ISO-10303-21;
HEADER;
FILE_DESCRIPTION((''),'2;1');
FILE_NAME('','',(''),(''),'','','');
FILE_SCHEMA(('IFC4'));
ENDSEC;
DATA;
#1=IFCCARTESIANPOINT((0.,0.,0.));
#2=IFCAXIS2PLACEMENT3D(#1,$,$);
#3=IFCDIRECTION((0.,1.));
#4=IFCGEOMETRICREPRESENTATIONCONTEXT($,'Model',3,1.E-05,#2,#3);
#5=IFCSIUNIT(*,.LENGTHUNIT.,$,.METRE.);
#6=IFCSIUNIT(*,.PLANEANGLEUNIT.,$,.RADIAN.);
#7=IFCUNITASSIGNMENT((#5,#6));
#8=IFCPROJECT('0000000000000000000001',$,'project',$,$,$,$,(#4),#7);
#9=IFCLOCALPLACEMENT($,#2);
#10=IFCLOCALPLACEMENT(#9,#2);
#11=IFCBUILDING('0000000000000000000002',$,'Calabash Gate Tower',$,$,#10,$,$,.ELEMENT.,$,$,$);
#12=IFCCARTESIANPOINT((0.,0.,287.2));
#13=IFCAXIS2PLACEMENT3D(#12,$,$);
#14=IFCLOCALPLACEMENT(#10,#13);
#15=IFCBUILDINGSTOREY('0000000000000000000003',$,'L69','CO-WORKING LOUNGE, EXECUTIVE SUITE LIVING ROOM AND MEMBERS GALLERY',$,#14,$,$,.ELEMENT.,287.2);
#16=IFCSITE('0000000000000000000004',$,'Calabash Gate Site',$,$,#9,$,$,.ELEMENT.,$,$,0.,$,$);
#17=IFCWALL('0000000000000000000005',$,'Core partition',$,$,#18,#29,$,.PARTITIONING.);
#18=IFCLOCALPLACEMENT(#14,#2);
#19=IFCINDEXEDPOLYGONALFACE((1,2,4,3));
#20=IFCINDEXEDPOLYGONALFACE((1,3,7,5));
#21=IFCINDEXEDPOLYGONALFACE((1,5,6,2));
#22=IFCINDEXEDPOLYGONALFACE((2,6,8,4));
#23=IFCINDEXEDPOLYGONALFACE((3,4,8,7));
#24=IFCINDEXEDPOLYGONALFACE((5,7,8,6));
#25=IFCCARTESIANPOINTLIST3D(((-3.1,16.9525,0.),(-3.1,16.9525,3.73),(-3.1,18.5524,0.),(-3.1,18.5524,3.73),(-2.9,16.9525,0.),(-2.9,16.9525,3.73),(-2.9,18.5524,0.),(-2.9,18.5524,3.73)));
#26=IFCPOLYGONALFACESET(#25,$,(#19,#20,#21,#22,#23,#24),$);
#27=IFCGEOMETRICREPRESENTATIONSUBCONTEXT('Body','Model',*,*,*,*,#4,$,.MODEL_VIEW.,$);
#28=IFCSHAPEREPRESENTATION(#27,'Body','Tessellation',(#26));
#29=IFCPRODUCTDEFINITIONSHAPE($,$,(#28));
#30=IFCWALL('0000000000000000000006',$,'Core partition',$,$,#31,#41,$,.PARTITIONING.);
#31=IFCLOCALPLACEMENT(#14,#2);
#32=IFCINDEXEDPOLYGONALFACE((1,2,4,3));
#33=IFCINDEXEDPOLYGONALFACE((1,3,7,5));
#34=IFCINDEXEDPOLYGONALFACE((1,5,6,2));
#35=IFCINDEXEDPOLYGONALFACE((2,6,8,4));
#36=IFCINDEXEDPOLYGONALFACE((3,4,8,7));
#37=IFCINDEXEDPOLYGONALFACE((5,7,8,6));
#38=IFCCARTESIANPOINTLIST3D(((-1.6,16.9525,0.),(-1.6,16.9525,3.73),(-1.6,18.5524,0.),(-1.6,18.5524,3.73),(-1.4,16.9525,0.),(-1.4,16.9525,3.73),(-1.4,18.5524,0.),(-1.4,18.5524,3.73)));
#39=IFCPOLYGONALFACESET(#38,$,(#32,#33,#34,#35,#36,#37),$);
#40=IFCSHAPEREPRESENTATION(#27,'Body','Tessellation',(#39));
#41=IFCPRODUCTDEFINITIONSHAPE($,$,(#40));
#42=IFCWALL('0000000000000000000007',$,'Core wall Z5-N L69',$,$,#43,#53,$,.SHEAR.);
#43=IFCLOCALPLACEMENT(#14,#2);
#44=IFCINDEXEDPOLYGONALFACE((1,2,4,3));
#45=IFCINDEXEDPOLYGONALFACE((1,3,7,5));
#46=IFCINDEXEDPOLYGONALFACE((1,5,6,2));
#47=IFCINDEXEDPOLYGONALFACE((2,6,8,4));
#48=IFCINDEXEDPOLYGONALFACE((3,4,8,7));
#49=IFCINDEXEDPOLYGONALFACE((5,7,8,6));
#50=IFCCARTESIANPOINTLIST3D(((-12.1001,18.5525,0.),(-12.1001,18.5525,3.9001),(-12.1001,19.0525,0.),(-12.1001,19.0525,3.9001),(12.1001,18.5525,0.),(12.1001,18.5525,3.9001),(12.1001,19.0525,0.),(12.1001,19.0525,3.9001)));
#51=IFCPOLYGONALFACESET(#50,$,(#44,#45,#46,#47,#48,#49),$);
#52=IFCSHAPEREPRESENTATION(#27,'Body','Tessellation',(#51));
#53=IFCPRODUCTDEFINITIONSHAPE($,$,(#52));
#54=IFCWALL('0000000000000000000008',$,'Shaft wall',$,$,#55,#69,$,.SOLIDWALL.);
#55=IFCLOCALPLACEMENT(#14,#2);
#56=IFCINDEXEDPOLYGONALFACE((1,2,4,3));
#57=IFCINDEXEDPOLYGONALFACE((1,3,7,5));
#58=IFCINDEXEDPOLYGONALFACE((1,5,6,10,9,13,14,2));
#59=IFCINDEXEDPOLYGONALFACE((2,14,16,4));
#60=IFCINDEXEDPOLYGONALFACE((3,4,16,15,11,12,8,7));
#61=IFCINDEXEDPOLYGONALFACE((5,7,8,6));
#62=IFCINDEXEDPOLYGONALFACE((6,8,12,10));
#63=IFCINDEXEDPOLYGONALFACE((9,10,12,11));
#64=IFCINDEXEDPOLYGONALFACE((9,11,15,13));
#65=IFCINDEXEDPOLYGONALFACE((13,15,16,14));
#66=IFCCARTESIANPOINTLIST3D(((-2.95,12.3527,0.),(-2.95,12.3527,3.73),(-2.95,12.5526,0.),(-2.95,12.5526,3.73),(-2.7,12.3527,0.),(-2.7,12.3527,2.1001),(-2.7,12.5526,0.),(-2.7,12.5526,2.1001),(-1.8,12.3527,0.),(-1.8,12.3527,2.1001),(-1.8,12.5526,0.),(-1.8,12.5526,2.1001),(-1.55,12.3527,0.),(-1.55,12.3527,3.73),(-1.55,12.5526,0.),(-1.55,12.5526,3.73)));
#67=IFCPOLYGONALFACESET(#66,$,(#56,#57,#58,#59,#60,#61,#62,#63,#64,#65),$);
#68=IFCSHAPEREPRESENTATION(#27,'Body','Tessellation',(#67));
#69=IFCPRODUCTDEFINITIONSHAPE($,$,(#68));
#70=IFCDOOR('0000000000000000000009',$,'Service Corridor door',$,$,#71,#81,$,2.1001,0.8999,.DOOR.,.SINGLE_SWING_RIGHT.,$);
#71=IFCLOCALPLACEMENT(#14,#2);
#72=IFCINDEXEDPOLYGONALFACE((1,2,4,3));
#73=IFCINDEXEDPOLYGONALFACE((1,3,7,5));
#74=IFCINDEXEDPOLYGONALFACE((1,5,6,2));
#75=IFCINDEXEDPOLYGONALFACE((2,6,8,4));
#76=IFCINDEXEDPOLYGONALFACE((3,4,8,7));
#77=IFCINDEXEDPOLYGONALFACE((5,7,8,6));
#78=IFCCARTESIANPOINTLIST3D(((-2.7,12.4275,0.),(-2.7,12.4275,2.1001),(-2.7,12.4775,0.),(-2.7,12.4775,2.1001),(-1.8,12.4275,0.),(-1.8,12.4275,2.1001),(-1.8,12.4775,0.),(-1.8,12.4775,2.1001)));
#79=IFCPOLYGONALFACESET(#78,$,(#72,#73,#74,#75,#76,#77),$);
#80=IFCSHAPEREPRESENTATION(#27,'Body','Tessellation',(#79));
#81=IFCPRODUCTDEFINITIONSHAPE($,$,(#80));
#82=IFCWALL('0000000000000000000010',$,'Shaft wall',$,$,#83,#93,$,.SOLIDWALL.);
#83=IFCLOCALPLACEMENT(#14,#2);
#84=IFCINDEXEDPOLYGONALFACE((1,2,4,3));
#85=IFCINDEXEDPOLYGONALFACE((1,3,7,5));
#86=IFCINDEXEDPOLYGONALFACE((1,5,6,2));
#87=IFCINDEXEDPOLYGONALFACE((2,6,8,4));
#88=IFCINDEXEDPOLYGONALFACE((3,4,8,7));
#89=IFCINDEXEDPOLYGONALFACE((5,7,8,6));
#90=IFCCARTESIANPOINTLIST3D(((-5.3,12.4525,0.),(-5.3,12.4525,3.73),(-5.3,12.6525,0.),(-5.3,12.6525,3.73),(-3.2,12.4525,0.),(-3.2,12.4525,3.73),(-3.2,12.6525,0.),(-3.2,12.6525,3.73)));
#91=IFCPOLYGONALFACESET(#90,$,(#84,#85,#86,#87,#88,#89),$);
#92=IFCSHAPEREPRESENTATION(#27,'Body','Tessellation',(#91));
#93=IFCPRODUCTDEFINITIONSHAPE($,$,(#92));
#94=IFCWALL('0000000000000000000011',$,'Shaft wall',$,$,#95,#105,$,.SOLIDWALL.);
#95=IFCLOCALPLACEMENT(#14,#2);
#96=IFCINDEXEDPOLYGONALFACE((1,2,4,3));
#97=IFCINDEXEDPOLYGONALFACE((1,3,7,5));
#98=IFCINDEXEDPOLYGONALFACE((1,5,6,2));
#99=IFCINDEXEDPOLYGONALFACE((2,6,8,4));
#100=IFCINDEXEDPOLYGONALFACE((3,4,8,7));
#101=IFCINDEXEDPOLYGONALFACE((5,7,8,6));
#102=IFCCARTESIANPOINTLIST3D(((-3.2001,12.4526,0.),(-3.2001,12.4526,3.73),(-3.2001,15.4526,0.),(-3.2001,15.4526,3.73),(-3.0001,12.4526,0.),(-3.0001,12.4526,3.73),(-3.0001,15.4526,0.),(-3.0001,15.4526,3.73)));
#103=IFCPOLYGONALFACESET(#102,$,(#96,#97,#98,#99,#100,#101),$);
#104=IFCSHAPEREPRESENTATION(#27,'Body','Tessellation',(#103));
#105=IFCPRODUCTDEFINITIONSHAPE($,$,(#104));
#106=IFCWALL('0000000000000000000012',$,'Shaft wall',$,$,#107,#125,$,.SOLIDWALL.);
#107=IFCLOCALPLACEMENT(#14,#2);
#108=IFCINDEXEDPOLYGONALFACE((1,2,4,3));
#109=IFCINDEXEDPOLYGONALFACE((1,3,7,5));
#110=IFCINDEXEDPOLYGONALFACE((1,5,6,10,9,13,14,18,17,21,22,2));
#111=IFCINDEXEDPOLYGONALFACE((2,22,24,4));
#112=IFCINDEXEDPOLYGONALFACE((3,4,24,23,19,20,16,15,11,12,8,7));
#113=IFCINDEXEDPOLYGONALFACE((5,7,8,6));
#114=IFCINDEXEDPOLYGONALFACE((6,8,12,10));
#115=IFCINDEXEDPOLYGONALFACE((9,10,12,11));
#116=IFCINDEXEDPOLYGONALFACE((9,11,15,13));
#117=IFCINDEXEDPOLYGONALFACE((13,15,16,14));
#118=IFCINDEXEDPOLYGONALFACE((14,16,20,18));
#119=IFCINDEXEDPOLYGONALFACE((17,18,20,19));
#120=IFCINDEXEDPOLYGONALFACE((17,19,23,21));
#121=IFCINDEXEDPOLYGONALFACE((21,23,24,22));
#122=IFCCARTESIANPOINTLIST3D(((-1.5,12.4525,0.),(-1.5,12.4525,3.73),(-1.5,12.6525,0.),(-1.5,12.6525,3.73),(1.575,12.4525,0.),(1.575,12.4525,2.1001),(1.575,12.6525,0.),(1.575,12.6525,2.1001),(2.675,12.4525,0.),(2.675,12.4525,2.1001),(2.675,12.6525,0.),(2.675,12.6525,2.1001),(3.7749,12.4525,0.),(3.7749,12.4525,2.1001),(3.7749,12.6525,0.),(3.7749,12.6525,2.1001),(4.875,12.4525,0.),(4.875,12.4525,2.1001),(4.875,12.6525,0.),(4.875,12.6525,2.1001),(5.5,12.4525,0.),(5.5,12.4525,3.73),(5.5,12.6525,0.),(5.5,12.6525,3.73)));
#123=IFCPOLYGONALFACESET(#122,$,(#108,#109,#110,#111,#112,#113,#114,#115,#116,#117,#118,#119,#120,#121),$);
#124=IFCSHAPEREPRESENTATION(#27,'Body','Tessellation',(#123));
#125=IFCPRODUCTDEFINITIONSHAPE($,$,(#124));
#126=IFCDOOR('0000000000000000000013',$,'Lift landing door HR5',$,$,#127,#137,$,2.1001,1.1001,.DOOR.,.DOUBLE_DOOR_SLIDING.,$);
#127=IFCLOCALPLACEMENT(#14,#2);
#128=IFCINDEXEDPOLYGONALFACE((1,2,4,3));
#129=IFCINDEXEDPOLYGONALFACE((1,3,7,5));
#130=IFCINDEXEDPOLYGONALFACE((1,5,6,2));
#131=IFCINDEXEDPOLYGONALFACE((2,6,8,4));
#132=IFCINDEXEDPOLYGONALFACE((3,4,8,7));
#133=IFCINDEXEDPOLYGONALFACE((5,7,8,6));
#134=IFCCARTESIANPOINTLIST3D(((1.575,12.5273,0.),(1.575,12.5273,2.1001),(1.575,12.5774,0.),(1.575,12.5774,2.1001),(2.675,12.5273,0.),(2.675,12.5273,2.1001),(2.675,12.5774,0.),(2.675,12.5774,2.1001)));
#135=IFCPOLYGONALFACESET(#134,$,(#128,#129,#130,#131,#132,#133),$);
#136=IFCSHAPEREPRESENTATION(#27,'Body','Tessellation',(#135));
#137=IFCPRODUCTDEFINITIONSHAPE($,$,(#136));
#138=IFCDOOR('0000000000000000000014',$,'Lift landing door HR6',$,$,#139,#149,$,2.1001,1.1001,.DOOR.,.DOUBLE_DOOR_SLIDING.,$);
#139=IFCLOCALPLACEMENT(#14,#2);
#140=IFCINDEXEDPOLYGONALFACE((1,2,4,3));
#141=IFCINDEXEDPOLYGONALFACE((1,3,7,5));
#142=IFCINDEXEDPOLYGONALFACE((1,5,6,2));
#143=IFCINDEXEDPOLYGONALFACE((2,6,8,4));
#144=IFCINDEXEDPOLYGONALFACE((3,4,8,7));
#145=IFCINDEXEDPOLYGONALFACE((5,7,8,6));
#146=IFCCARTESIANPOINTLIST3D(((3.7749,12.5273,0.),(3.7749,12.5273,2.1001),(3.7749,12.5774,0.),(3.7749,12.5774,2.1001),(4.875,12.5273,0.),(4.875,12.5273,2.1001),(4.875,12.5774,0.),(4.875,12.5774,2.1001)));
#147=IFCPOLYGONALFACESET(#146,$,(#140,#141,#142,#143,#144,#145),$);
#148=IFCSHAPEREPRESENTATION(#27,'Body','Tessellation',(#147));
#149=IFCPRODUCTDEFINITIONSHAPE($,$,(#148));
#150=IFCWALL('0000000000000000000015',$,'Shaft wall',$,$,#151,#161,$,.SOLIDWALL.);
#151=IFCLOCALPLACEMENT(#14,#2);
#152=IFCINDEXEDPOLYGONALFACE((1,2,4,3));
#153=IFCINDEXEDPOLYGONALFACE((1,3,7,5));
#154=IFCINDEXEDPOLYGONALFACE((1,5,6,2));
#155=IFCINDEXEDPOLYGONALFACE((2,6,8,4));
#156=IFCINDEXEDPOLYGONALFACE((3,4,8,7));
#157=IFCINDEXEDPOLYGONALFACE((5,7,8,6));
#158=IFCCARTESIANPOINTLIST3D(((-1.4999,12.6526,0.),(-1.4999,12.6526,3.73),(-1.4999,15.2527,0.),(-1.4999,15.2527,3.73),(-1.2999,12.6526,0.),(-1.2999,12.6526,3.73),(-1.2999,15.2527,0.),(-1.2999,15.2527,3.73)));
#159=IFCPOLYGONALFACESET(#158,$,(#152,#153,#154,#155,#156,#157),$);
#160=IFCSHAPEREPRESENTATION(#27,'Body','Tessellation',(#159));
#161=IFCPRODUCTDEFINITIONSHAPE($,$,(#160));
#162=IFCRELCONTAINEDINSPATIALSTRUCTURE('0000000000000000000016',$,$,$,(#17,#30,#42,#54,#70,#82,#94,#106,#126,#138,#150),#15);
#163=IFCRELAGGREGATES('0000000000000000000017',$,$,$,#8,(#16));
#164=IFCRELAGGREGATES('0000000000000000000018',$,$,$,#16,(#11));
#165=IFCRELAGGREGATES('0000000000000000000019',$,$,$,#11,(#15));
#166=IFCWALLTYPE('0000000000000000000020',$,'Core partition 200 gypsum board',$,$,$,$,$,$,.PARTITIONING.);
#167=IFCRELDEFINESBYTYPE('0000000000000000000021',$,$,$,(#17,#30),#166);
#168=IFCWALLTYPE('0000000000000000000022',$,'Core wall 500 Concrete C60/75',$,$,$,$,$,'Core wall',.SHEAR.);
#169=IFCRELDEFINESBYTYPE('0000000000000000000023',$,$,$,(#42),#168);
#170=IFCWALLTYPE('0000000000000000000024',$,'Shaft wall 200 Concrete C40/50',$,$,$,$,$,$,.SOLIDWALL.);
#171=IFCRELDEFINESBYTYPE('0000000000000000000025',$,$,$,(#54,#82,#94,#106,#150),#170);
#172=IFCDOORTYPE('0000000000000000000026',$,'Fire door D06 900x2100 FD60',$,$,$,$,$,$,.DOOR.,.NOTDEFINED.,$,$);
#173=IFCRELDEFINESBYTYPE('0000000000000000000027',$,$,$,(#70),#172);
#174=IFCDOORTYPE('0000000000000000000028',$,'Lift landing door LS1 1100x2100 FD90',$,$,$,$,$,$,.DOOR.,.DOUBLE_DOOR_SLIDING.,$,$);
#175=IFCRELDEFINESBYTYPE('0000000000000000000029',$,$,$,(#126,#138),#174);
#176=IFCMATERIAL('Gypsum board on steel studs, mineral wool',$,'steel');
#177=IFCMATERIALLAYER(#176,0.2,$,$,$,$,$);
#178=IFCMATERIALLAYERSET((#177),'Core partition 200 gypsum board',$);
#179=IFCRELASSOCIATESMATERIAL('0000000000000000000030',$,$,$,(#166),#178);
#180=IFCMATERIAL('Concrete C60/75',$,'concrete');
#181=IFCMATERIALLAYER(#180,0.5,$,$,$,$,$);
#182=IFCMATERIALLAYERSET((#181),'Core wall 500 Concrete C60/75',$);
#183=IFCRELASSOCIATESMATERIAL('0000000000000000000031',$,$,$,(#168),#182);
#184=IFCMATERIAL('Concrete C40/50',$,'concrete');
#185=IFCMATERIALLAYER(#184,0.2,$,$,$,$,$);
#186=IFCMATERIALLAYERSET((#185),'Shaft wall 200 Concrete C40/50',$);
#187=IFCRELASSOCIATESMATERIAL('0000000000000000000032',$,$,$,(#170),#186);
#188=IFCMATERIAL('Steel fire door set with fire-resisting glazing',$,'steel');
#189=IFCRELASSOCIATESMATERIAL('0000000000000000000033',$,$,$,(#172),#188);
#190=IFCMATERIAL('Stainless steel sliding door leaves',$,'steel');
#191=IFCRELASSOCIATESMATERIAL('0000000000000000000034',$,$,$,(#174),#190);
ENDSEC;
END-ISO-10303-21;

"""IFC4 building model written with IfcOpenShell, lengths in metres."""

from ifc_helpers import new_model, si_unit, direction, frame, frame_2d, origin, place, context, subcontext, project, spatial, rectangle, extrude, material, layer, layer_set, type_object, element, fill, save


model = new_model("IFC4")

# Units and contexts
model_context = context("Model", 3, precision=1e-05, world=origin(), true_north=direction((0.0, 1.0)))
body_context = subcontext(model_context, "Body", "Model", "MODEL_VIEW")
ifc_project = project(units=[si_unit("LENGTHUNIT", "METRE"), si_unit("PLANEANGLEUNIT", "RADIAN")], contexts=[model_context])

# Site, building, storey
site_placement = place(None, origin())
site = spatial("IfcSite", under=ifc_project, at=site_placement, Name="Calabash Gate Site", CompositionType="ELEMENT", RefElevation=0.0)
building_placement = place(site_placement, origin())
building = spatial("IfcBuilding", under=site, at=building_placement, Name="Calabash Gate Tower", CompositionType="ELEMENT")
storey_placement = place(building_placement, frame((0.0, 0.0, 287.2)))
storey = spatial("IfcBuildingStorey", under=building, at=storey_placement, Name="L69", Description="CO-WORKING LOUNGE, EXECUTIVE SUITE LIVING ROOM AND MEMBERS GALLERY", CompositionType="ELEMENT", Elevation=287.2)

# Walls
ifc_material_1 = material(Name="Gypsum board on steel studs, mineral wool", Category="steel")
ifc_layer_1 = layer(ifc_material_1, 0.2)
ifc_layer_set_1 = layer_set([ifc_layer_1], Name="Core partition 200 gypsum board")
wall_type_1 = type_object("IfcWallType", Name="Core partition 200 gypsum board", PredefinedType="PARTITIONING", material=ifc_layer_set_1)
for number, where, z_axis, x_axis, name in (
    (1, (-3.0, 16.9526, 0.0), (0.0, 0.0, 1.0), (0.0, 1.0, 0.0), "Core partition"),
    (2, (-1.5, 16.9526, 0.0), (0.0, 0.0, 1.0), (0.0, 1.0, 0.0), "Core partition"),
):
    element("IfcWall", number, at=place(storey_placement, frame(where, z_axis=z_axis, x_axis=x_axis)), inside=storey, type_object=wall_type_1, Name=name, PredefinedType="PARTITIONING", context=body_context, shape_type="SweptSolid", body=[
        extrude(rectangle(XDim=1.5999, YDim=0.2, at=frame_2d((0.7998, 0.0))), origin(), (0.0, 0.0, 1.0), 3.73),
    ])
ifc_material_2 = material(Name="Concrete C60/75", Category="concrete")
ifc_layer_2 = layer(ifc_material_2, 0.5)
ifc_layer_set_2 = layer_set([ifc_layer_2], Name="Core wall 500 Concrete C60/75")
wall_type_2 = type_object("IfcWallType", Name="Core wall 500 Concrete C60/75", ElementType="Core wall", PredefinedType="SHEAR", material=ifc_layer_set_2)
wall_1_placement = place(storey_placement, frame((-12.1001, 18.8025, 0.0), z_axis=(0.0, 0.0, 1.0), x_axis=(1.0, 0.0, 0.0)))
element("IfcWall", 3, at=wall_1_placement, inside=storey, type_object=wall_type_2, Name="Core wall Z5-N L69", PredefinedType="SHEAR", context=body_context, shape_type="SweptSolid", body=[
    extrude(rectangle(XDim=24.2002, YDim=0.5, at=frame_2d((12.1001, 0.0))), origin(), (0.0, 0.0, 1.0), 3.9001),
])

# Wall, opening, door
ifc_material_3 = material(Name="Concrete C40/50", Category="concrete")
ifc_layer_3 = layer(ifc_material_3, 0.2)
ifc_layer_set_3 = layer_set([ifc_layer_3], Name="Shaft wall 200 Concrete C40/50")
wall_type_3 = type_object("IfcWallType", Name="Shaft wall 200 Concrete C40/50", PredefinedType="SOLIDWALL", material=ifc_layer_set_3)
wall_2_placement = place(storey_placement, frame((-2.95, 12.4526, 0.0), z_axis=(0.0, 0.0, 1.0), x_axis=(1.0, 0.0, 0.0)))
wall_2 = element("IfcWall", 4, at=wall_2_placement, inside=storey, type_object=wall_type_3, Name="Shaft wall", PredefinedType="SOLIDWALL", context=body_context, shape_type="SweptSolid", body=[
    extrude(rectangle(XDim=1.3999, YDim=0.2, at=frame_2d((0.7, 0.0))), origin(), (0.0, 0.0, 1.0), 3.73),
])
opening_1_placement = place(wall_2_placement, frame((0.25, 0.0, 0.0)))
opening_1 = element("IfcOpeningElement", 5, at=opening_1_placement, cuts=wall_2, PredefinedType="OPENING", context=body_context, shape_type="SweptSolid", body=[
    extrude(rectangle(XDim=0.8999, YDim=2.1001, at=frame_2d((0.45, 1.05))), frame((0.0, 0.1099, 0.0), z_axis=(0.0, -1.0, 0.0), x_axis=(1.0, 0.0, 0.0)), (0.0, 0.0, 1.0), 0.22),
])
ifc_material_4 = material(Name="Steel fire door set with fire-resisting glazing", Category="steel")
door_type_1 = type_object("IfcDoorType", Name="Fire door D06 900x2100 FD60", OperationType="NOTDEFINED", PredefinedType="DOOR", material=ifc_material_4)
door_1_placement = place(opening_1_placement, origin())
door_1 = element("IfcDoor", 6, at=door_1_placement, inside=storey, type_object=door_type_1, Name="Service Corridor door", OperationType="SINGLE_SWING_RIGHT", OverallHeight=2.1001, OverallWidth=0.8999, PredefinedType="DOOR", context=body_context, shape_type="SweptSolid", body=[
    extrude(rectangle(XDim=0.8999, YDim=2.1001, at=frame_2d((0.45, 1.05))), frame((0.0, 0.0249, 0.0), z_axis=(0.0, -1.0, 0.0), x_axis=(1.0, 0.0, 0.0)), (0.0, 0.0, 1.0), 0.05),
])
fill(opening_1, door_1)

# Walls
wall_3_placement = place(storey_placement, frame((-5.3, 12.5525, 0.0), z_axis=(0.0, 0.0, 1.0), x_axis=(1.0, 0.0, 0.0)))
element("IfcWall", 7, at=wall_3_placement, inside=storey, type_object=wall_type_3, Name="Shaft wall", PredefinedType="SOLIDWALL", context=body_context, shape_type="SweptSolid", body=[
    extrude(rectangle(XDim=2.1001, YDim=0.2, at=frame_2d((1.05, 0.0))), origin(), (0.0, 0.0, 1.0), 3.73),
])
wall_4_placement = place(storey_placement, frame((-3.1001, 12.4526, 0.0), z_axis=(0.0, 0.0, 1.0), x_axis=(0.0, 1.0, 0.0)))
element("IfcWall", 8, at=wall_4_placement, inside=storey, type_object=wall_type_3, Name="Shaft wall", PredefinedType="SOLIDWALL", context=body_context, shape_type="SweptSolid", body=[
    extrude(rectangle(XDim=3.0, YDim=0.2, at=frame_2d((1.5, 0.0))), origin(), (0.0, 0.0, 1.0), 3.73),
])

# Wall, openings, doors
wall_5_placement = place(storey_placement, frame((-1.5, 12.5525, 0.0), z_axis=(0.0, 0.0, 1.0), x_axis=(1.0, 0.0, 0.0)))
wall_5 = element("IfcWall", 9, at=wall_5_placement, inside=storey, type_object=wall_type_3, Name="Shaft wall", PredefinedType="SOLIDWALL", context=body_context, shape_type="SweptSolid", body=[
    extrude(rectangle(XDim=7.0, YDim=0.2, at=frame_2d((3.5, 0.0))), origin(), (0.0, 0.0, 1.0), 3.73),
])
opening_2_placement = place(wall_5_placement, frame((3.075, 0.0, 0.0)))
opening_2 = element("IfcOpeningElement", 10, at=opening_2_placement, cuts=wall_5, PredefinedType="OPENING", context=body_context, shape_type="SweptSolid", body=[
    extrude(rectangle(XDim=1.1001, YDim=2.1001, at=frame_2d((0.55, 1.05))), frame((0.0, 0.1099, 0.0), z_axis=(0.0, -1.0, 0.0), x_axis=(1.0, 0.0, 0.0)), (0.0, 0.0, 1.0), 0.22),
])
opening_3_placement = place(wall_5_placement, frame((5.2749, 0.0, 0.0)))
opening_3 = element("IfcOpeningElement", 11, at=opening_3_placement, cuts=wall_5, PredefinedType="OPENING", context=body_context, shape_type="SweptSolid", body=[
    extrude(rectangle(XDim=1.1001, YDim=2.1001, at=frame_2d((0.55, 1.05))), frame((0.0, 0.1099, 0.0), z_axis=(0.0, -1.0, 0.0), x_axis=(1.0, 0.0, 0.0)), (0.0, 0.0, 1.0), 0.22),
])
ifc_material_5 = material(Name="Stainless steel sliding door leaves", Category="steel")
door_type_2 = type_object("IfcDoorType", Name="Lift landing door LS1 1100x2100 FD90", OperationType="DOUBLE_DOOR_SLIDING", PredefinedType="DOOR", material=ifc_material_5)
door_2_placement = place(opening_2_placement, origin())
door_2 = element("IfcDoor", 12, at=door_2_placement, inside=storey, type_object=door_type_2, Name="Lift landing door HR5", OperationType="DOUBLE_DOOR_SLIDING", OverallHeight=2.1001, OverallWidth=1.1001, PredefinedType="DOOR", context=body_context, shape_type="SweptSolid", body=[
    extrude(rectangle(XDim=1.1001, YDim=2.1001, at=frame_2d((0.55, 1.05))), frame((0.0, 0.0249, 0.0), z_axis=(0.0, -1.0, 0.0), x_axis=(1.0, 0.0, 0.0)), (0.0, 0.0, 1.0), 0.05),
])
fill(opening_2, door_2)
door_3_placement = place(opening_3_placement, origin())
door_3 = element("IfcDoor", 13, at=door_3_placement, inside=storey, type_object=door_type_2, Name="Lift landing door HR6", OperationType="DOUBLE_DOOR_SLIDING", OverallHeight=2.1001, OverallWidth=1.1001, PredefinedType="DOOR", context=body_context, shape_type="SweptSolid", body=[
    extrude(rectangle(XDim=1.1001, YDim=2.1001, at=frame_2d((0.55, 1.05))), frame((0.0, 0.0249, 0.0), z_axis=(0.0, -1.0, 0.0), x_axis=(1.0, 0.0, 0.0)), (0.0, 0.0, 1.0), 0.05),
])
fill(opening_3, door_3)

# Wall
wall_6_placement = place(storey_placement, frame((-1.3999, 12.6526, 0.0), z_axis=(0.0, 0.0, 1.0), x_axis=(0.0, 1.0, 0.0)))
element("IfcWall", 14, at=wall_6_placement, inside=storey, type_object=wall_type_3, Name="Shaft wall", PredefinedType="SOLIDWALL", context=body_context, shape_type="SweptSolid", body=[
    extrude(rectangle(XDim=2.6001, YDim=0.2, at=frame_2d((1.3, 0.0))), origin(), (0.0, 0.0, 1.0), 3.73),
])

save(model, "model.ifc")
